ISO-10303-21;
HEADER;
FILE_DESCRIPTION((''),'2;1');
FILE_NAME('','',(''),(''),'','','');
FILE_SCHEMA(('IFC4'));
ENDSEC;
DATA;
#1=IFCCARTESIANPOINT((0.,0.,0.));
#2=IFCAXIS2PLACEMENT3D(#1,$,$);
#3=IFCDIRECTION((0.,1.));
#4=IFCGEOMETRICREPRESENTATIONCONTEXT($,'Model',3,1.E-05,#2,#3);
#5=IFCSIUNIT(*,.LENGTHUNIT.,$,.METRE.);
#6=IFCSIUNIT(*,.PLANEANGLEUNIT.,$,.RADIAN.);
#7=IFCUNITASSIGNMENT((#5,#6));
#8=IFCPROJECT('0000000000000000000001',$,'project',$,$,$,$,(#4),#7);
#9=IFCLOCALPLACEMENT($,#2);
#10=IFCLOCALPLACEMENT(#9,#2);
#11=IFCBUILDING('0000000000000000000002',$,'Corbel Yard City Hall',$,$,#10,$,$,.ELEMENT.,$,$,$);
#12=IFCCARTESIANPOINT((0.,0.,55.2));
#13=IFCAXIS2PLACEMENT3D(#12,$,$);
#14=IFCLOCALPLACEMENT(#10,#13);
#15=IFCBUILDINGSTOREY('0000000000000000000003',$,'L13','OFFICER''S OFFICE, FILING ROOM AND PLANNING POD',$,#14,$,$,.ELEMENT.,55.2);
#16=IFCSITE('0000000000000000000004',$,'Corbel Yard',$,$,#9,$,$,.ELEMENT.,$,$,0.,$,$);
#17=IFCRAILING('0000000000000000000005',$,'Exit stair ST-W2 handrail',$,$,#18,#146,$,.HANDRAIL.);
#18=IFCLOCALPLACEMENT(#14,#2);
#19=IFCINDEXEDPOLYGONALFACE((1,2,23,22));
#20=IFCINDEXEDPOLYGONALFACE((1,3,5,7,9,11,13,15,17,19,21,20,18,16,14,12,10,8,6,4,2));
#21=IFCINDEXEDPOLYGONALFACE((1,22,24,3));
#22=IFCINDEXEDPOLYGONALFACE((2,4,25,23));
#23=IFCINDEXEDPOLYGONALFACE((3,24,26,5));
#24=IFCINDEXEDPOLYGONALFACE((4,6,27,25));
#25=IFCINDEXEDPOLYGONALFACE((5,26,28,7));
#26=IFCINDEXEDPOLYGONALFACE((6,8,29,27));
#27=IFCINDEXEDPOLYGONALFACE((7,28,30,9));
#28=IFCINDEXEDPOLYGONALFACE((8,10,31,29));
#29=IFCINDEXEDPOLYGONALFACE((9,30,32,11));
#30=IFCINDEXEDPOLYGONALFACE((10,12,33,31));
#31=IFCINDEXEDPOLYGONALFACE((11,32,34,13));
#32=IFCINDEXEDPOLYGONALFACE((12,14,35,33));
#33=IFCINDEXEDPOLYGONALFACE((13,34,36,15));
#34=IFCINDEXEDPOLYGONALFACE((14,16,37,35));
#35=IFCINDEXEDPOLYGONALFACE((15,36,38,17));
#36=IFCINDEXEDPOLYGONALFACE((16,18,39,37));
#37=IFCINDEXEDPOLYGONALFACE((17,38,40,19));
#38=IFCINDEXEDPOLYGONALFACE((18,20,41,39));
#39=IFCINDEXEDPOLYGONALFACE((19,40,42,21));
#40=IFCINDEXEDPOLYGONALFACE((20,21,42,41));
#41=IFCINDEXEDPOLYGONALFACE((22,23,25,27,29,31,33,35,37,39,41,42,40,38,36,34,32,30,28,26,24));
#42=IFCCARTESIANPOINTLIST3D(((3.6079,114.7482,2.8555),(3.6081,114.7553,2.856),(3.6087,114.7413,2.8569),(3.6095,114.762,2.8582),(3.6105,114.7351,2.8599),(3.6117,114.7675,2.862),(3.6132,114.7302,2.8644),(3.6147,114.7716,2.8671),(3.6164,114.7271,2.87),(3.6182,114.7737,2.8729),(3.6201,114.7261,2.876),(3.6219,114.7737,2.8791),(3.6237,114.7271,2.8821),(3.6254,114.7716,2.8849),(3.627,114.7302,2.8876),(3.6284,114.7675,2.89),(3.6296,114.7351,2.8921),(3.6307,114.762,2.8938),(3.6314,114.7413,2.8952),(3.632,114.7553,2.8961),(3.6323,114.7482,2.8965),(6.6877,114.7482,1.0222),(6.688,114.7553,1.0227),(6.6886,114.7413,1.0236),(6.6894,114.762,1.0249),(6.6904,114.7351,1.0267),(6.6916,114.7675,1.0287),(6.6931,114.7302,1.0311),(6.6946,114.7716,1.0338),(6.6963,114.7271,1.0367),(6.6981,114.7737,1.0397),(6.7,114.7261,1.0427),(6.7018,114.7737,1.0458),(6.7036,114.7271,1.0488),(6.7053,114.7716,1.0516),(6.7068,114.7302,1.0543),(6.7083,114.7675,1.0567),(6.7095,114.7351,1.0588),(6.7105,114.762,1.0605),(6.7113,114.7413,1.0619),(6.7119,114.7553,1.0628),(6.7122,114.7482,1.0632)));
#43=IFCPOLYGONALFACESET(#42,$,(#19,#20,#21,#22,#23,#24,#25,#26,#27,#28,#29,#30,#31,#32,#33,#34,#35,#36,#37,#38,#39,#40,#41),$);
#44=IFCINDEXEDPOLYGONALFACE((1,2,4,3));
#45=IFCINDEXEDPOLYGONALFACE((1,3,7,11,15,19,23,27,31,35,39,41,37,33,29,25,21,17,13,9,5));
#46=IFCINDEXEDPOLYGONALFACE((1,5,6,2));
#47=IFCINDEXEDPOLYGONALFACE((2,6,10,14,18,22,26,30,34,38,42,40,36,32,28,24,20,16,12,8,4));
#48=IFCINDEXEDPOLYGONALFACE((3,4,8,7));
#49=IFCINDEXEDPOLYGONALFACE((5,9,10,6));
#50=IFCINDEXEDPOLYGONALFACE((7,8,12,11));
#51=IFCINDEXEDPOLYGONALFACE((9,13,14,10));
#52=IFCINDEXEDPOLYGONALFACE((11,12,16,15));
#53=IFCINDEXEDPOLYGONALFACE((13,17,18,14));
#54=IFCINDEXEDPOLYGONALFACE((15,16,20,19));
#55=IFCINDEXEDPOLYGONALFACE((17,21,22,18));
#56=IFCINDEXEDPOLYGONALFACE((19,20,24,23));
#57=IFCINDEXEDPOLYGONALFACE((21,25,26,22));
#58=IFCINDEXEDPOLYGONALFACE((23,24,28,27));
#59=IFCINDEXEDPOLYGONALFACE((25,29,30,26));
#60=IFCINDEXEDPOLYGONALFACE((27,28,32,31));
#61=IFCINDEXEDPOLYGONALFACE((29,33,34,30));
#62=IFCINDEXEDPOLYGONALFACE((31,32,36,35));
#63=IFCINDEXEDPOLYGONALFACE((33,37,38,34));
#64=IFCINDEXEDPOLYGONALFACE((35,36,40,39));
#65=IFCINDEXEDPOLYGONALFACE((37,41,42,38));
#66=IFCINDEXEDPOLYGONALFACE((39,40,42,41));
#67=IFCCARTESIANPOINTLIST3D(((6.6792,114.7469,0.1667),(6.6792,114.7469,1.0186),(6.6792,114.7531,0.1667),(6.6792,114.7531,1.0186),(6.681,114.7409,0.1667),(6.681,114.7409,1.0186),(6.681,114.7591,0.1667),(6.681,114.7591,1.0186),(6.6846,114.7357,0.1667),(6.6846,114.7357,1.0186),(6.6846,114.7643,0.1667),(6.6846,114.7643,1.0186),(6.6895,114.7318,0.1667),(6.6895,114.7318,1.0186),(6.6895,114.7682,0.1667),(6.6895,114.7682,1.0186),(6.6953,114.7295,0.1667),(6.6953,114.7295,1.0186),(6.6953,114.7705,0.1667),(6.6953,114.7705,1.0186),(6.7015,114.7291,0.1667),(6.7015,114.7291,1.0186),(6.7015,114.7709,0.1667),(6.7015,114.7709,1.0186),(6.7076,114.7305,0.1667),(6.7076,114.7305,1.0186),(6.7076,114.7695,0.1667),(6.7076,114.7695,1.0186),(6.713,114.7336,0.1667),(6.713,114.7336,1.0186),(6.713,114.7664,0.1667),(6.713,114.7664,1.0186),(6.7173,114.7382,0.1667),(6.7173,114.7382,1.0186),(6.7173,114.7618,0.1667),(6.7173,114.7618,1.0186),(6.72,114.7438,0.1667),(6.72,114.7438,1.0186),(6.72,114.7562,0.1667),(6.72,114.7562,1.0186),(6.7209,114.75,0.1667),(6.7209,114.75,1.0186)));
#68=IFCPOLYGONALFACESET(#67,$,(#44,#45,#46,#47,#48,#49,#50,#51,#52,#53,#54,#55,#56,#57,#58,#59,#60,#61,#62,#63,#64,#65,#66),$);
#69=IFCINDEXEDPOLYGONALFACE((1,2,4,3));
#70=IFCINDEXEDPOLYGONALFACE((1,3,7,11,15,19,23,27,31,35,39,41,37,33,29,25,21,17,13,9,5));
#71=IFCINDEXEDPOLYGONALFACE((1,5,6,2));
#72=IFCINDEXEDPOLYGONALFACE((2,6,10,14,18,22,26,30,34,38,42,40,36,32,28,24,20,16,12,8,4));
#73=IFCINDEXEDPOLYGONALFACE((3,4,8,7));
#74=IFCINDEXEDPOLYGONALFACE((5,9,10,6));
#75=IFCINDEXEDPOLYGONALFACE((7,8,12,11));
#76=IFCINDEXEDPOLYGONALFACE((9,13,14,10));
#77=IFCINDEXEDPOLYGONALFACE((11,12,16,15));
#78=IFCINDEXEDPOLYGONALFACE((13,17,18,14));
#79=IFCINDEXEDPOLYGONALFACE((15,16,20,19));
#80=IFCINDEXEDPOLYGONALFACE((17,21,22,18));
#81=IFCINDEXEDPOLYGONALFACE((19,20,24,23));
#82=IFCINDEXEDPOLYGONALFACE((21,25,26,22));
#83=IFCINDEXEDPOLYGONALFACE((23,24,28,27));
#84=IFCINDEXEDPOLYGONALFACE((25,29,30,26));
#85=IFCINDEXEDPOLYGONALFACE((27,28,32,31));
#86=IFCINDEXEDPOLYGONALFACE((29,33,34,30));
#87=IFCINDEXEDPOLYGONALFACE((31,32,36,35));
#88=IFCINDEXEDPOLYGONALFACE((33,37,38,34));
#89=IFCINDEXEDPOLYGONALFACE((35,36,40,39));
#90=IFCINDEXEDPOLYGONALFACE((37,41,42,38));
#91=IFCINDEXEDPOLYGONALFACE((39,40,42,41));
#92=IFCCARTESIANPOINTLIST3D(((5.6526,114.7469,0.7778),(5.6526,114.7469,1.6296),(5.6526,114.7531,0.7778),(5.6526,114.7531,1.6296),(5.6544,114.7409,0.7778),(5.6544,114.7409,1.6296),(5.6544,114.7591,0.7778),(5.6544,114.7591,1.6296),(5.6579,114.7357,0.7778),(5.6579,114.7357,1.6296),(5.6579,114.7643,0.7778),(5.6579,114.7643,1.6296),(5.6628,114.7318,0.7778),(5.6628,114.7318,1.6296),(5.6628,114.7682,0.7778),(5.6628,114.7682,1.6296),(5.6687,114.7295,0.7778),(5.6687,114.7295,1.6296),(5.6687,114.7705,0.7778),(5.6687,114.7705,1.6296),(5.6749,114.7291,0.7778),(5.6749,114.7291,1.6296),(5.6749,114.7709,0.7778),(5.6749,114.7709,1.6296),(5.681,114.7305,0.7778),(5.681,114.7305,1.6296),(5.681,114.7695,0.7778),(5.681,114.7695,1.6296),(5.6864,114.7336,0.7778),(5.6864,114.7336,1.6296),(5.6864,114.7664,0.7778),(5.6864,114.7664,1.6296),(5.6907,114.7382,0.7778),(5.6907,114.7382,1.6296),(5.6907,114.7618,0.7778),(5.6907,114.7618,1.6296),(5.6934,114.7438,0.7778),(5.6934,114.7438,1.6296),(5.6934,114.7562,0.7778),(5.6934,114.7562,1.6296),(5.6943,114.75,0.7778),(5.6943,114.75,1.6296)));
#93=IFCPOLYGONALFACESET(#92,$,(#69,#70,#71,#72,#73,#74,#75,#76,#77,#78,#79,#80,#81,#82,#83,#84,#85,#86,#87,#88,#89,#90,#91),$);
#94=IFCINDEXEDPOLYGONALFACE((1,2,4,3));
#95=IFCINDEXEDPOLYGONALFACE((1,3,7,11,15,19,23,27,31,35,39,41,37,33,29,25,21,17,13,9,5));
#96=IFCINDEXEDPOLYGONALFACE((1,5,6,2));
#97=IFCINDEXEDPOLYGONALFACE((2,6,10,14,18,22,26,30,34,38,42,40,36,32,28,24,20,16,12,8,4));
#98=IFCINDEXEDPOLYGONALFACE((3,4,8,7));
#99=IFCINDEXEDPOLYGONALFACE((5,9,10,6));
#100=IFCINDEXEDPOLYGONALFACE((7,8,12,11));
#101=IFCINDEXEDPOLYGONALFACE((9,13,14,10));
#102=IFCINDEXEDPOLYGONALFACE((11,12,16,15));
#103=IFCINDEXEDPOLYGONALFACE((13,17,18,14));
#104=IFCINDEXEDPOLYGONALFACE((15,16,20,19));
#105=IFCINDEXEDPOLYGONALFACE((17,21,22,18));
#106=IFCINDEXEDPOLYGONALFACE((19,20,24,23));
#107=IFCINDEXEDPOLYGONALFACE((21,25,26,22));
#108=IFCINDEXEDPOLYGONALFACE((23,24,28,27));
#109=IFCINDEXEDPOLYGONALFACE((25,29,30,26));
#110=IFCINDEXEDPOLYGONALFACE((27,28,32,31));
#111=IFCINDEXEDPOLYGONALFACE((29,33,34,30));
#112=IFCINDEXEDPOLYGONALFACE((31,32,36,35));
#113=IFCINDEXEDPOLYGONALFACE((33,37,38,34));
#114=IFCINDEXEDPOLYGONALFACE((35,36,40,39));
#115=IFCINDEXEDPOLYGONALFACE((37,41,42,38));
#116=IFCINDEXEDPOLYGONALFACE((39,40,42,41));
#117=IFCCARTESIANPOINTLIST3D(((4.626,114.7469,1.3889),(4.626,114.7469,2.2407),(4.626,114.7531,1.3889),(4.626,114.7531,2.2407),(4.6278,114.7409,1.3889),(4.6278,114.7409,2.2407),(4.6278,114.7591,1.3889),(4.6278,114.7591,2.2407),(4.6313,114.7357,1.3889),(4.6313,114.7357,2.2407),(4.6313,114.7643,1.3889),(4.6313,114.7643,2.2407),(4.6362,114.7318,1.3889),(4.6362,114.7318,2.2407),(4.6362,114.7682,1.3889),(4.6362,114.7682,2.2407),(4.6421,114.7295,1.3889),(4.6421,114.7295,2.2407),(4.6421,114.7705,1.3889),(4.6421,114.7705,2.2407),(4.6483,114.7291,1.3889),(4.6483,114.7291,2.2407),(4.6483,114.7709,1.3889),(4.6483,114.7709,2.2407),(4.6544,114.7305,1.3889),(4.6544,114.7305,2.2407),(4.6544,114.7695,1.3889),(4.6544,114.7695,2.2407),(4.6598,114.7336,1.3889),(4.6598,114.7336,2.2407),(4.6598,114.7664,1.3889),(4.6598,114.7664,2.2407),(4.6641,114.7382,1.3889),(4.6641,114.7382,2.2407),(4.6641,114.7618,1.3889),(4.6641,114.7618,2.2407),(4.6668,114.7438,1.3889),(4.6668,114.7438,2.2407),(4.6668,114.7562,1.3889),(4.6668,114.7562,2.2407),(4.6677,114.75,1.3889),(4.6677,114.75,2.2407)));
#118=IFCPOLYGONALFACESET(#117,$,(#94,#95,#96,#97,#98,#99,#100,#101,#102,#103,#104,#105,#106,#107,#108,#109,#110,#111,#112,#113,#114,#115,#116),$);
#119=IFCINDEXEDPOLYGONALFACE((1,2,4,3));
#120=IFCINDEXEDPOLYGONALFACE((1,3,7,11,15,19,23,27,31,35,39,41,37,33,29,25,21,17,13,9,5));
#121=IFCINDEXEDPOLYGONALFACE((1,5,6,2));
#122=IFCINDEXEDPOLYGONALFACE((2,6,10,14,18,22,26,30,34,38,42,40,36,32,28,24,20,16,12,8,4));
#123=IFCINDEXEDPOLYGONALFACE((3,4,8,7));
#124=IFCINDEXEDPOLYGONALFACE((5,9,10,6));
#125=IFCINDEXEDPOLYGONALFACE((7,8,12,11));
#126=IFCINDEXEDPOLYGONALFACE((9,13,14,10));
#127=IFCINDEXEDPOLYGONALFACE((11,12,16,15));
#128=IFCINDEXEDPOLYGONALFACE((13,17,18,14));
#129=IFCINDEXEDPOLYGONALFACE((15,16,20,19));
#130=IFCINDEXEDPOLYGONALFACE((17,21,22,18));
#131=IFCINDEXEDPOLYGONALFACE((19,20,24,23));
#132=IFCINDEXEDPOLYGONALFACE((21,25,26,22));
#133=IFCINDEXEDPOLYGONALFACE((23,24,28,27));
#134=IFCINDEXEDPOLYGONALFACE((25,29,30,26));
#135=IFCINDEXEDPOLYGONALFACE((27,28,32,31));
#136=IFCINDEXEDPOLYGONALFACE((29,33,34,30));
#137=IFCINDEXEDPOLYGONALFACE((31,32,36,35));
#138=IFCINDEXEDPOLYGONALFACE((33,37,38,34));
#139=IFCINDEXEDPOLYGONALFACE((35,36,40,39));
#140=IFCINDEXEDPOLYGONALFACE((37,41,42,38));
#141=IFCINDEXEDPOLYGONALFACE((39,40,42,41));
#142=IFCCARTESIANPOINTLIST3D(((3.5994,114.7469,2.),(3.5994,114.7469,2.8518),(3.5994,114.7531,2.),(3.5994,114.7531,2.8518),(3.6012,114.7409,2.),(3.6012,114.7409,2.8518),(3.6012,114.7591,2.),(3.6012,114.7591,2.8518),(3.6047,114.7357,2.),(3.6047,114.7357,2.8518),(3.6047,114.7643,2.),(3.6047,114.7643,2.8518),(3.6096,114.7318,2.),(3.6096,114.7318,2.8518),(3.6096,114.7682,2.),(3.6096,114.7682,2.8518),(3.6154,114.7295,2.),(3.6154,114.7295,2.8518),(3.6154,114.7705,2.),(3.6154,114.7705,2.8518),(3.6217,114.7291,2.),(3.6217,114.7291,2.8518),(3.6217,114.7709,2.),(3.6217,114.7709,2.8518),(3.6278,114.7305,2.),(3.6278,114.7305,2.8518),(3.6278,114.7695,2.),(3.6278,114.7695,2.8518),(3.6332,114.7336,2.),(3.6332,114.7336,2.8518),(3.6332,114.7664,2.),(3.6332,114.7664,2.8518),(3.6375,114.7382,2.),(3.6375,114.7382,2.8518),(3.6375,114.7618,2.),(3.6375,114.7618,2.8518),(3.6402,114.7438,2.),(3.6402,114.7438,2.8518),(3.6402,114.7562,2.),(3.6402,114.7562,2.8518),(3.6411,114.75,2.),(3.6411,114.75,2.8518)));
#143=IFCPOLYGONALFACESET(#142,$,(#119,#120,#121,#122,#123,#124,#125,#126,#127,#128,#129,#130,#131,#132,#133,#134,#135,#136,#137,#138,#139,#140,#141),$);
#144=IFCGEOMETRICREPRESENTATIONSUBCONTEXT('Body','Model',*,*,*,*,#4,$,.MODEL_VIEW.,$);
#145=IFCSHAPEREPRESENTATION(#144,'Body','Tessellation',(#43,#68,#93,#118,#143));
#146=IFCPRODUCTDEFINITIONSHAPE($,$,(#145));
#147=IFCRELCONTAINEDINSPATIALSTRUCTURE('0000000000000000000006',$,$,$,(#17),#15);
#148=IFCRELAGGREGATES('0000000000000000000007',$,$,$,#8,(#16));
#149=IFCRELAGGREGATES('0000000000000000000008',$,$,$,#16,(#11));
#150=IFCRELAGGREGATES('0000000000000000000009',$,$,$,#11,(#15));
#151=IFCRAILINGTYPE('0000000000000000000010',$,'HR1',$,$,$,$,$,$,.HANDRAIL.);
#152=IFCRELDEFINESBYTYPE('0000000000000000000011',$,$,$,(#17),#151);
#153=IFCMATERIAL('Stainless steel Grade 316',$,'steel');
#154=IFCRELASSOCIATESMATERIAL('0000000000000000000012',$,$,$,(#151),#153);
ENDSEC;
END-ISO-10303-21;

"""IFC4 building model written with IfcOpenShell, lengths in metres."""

from ifc_helpers import new_model, si_unit, direction, frame, origin, origin_2d, place, context, subcontext, project, spatial, circle, extrude, material, type_object, element, save


model = new_model("IFC4")

# Units and contexts
model_context = context("Model", 3, precision=1e-05, world=origin(), true_north=direction((0.0, 1.0)))
body_context = subcontext(model_context, "Body", "Model", "MODEL_VIEW")
ifc_project = project(units=[si_unit("LENGTHUNIT", "METRE"), si_unit("PLANEANGLEUNIT", "RADIAN")], contexts=[model_context])

# Site, building, storey
site_placement = place(None, origin())
site = spatial("IfcSite", under=ifc_project, at=site_placement, Name="Corbel Yard", CompositionType="ELEMENT", RefElevation=0.0)
building_placement = place(site_placement, origin())
building = spatial("IfcBuilding", under=site, at=building_placement, Name="Corbel Yard City Hall", CompositionType="ELEMENT")
storey_placement = place(building_placement, frame((0.0, 0.0, 55.2)))
storey = spatial("IfcBuildingStorey", under=building, at=storey_placement, Name="L13", Description="OFFICER'S OFFICE, FILING ROOM AND PLANNING POD", CompositionType="ELEMENT", Elevation=55.2)

# Shared definitions
ifc_material_1 = material(Name="Stainless steel Grade 316", Category="steel")

# Railing
railing_type = type_object("IfcRailingType", Name="HR1", PredefinedType="HANDRAIL", material=ifc_material_1)
railing_placement = place(storey_placement, frame((6.7, 114.75, 0.1667)))
element("IfcRailing", 1, at=railing_placement, inside=storey, type_object=railing_type, Name="Exit stair ST-W2 handrail", PredefinedType="HANDRAIL", context=body_context, shape_type="SweptSolid", body=[
    extrude(circle(Radius=0.0239, at=origin_2d()), frame((0.0, 0.0, 0.876), z_axis=(-0.859291, 0.0, 0.511487), x_axis=(0.0, -1.0, 0.0)), (0.0, 0.0, 1.0), 3.5842),
    extrude(circle(Radius=0.021, at=origin_2d()), origin(), (0.0, 0.0, 1.0), 0.8518),
    extrude(circle(Radius=0.021, at=origin_2d()), frame((-1.0266, 0.0, 0.6111)), (0.0, 0.0, 1.0), 0.8518),
    extrude(circle(Radius=0.021, at=origin_2d()), frame((-2.0532, 0.0, 1.2222)), (0.0, 0.0, 1.0), 0.8518),
    extrude(circle(Radius=0.021, at=origin_2d()), frame((-3.0798, 0.0, 1.8333)), (0.0, 0.0, 1.0), 0.8518),
])

save(model, "model.ifc")
